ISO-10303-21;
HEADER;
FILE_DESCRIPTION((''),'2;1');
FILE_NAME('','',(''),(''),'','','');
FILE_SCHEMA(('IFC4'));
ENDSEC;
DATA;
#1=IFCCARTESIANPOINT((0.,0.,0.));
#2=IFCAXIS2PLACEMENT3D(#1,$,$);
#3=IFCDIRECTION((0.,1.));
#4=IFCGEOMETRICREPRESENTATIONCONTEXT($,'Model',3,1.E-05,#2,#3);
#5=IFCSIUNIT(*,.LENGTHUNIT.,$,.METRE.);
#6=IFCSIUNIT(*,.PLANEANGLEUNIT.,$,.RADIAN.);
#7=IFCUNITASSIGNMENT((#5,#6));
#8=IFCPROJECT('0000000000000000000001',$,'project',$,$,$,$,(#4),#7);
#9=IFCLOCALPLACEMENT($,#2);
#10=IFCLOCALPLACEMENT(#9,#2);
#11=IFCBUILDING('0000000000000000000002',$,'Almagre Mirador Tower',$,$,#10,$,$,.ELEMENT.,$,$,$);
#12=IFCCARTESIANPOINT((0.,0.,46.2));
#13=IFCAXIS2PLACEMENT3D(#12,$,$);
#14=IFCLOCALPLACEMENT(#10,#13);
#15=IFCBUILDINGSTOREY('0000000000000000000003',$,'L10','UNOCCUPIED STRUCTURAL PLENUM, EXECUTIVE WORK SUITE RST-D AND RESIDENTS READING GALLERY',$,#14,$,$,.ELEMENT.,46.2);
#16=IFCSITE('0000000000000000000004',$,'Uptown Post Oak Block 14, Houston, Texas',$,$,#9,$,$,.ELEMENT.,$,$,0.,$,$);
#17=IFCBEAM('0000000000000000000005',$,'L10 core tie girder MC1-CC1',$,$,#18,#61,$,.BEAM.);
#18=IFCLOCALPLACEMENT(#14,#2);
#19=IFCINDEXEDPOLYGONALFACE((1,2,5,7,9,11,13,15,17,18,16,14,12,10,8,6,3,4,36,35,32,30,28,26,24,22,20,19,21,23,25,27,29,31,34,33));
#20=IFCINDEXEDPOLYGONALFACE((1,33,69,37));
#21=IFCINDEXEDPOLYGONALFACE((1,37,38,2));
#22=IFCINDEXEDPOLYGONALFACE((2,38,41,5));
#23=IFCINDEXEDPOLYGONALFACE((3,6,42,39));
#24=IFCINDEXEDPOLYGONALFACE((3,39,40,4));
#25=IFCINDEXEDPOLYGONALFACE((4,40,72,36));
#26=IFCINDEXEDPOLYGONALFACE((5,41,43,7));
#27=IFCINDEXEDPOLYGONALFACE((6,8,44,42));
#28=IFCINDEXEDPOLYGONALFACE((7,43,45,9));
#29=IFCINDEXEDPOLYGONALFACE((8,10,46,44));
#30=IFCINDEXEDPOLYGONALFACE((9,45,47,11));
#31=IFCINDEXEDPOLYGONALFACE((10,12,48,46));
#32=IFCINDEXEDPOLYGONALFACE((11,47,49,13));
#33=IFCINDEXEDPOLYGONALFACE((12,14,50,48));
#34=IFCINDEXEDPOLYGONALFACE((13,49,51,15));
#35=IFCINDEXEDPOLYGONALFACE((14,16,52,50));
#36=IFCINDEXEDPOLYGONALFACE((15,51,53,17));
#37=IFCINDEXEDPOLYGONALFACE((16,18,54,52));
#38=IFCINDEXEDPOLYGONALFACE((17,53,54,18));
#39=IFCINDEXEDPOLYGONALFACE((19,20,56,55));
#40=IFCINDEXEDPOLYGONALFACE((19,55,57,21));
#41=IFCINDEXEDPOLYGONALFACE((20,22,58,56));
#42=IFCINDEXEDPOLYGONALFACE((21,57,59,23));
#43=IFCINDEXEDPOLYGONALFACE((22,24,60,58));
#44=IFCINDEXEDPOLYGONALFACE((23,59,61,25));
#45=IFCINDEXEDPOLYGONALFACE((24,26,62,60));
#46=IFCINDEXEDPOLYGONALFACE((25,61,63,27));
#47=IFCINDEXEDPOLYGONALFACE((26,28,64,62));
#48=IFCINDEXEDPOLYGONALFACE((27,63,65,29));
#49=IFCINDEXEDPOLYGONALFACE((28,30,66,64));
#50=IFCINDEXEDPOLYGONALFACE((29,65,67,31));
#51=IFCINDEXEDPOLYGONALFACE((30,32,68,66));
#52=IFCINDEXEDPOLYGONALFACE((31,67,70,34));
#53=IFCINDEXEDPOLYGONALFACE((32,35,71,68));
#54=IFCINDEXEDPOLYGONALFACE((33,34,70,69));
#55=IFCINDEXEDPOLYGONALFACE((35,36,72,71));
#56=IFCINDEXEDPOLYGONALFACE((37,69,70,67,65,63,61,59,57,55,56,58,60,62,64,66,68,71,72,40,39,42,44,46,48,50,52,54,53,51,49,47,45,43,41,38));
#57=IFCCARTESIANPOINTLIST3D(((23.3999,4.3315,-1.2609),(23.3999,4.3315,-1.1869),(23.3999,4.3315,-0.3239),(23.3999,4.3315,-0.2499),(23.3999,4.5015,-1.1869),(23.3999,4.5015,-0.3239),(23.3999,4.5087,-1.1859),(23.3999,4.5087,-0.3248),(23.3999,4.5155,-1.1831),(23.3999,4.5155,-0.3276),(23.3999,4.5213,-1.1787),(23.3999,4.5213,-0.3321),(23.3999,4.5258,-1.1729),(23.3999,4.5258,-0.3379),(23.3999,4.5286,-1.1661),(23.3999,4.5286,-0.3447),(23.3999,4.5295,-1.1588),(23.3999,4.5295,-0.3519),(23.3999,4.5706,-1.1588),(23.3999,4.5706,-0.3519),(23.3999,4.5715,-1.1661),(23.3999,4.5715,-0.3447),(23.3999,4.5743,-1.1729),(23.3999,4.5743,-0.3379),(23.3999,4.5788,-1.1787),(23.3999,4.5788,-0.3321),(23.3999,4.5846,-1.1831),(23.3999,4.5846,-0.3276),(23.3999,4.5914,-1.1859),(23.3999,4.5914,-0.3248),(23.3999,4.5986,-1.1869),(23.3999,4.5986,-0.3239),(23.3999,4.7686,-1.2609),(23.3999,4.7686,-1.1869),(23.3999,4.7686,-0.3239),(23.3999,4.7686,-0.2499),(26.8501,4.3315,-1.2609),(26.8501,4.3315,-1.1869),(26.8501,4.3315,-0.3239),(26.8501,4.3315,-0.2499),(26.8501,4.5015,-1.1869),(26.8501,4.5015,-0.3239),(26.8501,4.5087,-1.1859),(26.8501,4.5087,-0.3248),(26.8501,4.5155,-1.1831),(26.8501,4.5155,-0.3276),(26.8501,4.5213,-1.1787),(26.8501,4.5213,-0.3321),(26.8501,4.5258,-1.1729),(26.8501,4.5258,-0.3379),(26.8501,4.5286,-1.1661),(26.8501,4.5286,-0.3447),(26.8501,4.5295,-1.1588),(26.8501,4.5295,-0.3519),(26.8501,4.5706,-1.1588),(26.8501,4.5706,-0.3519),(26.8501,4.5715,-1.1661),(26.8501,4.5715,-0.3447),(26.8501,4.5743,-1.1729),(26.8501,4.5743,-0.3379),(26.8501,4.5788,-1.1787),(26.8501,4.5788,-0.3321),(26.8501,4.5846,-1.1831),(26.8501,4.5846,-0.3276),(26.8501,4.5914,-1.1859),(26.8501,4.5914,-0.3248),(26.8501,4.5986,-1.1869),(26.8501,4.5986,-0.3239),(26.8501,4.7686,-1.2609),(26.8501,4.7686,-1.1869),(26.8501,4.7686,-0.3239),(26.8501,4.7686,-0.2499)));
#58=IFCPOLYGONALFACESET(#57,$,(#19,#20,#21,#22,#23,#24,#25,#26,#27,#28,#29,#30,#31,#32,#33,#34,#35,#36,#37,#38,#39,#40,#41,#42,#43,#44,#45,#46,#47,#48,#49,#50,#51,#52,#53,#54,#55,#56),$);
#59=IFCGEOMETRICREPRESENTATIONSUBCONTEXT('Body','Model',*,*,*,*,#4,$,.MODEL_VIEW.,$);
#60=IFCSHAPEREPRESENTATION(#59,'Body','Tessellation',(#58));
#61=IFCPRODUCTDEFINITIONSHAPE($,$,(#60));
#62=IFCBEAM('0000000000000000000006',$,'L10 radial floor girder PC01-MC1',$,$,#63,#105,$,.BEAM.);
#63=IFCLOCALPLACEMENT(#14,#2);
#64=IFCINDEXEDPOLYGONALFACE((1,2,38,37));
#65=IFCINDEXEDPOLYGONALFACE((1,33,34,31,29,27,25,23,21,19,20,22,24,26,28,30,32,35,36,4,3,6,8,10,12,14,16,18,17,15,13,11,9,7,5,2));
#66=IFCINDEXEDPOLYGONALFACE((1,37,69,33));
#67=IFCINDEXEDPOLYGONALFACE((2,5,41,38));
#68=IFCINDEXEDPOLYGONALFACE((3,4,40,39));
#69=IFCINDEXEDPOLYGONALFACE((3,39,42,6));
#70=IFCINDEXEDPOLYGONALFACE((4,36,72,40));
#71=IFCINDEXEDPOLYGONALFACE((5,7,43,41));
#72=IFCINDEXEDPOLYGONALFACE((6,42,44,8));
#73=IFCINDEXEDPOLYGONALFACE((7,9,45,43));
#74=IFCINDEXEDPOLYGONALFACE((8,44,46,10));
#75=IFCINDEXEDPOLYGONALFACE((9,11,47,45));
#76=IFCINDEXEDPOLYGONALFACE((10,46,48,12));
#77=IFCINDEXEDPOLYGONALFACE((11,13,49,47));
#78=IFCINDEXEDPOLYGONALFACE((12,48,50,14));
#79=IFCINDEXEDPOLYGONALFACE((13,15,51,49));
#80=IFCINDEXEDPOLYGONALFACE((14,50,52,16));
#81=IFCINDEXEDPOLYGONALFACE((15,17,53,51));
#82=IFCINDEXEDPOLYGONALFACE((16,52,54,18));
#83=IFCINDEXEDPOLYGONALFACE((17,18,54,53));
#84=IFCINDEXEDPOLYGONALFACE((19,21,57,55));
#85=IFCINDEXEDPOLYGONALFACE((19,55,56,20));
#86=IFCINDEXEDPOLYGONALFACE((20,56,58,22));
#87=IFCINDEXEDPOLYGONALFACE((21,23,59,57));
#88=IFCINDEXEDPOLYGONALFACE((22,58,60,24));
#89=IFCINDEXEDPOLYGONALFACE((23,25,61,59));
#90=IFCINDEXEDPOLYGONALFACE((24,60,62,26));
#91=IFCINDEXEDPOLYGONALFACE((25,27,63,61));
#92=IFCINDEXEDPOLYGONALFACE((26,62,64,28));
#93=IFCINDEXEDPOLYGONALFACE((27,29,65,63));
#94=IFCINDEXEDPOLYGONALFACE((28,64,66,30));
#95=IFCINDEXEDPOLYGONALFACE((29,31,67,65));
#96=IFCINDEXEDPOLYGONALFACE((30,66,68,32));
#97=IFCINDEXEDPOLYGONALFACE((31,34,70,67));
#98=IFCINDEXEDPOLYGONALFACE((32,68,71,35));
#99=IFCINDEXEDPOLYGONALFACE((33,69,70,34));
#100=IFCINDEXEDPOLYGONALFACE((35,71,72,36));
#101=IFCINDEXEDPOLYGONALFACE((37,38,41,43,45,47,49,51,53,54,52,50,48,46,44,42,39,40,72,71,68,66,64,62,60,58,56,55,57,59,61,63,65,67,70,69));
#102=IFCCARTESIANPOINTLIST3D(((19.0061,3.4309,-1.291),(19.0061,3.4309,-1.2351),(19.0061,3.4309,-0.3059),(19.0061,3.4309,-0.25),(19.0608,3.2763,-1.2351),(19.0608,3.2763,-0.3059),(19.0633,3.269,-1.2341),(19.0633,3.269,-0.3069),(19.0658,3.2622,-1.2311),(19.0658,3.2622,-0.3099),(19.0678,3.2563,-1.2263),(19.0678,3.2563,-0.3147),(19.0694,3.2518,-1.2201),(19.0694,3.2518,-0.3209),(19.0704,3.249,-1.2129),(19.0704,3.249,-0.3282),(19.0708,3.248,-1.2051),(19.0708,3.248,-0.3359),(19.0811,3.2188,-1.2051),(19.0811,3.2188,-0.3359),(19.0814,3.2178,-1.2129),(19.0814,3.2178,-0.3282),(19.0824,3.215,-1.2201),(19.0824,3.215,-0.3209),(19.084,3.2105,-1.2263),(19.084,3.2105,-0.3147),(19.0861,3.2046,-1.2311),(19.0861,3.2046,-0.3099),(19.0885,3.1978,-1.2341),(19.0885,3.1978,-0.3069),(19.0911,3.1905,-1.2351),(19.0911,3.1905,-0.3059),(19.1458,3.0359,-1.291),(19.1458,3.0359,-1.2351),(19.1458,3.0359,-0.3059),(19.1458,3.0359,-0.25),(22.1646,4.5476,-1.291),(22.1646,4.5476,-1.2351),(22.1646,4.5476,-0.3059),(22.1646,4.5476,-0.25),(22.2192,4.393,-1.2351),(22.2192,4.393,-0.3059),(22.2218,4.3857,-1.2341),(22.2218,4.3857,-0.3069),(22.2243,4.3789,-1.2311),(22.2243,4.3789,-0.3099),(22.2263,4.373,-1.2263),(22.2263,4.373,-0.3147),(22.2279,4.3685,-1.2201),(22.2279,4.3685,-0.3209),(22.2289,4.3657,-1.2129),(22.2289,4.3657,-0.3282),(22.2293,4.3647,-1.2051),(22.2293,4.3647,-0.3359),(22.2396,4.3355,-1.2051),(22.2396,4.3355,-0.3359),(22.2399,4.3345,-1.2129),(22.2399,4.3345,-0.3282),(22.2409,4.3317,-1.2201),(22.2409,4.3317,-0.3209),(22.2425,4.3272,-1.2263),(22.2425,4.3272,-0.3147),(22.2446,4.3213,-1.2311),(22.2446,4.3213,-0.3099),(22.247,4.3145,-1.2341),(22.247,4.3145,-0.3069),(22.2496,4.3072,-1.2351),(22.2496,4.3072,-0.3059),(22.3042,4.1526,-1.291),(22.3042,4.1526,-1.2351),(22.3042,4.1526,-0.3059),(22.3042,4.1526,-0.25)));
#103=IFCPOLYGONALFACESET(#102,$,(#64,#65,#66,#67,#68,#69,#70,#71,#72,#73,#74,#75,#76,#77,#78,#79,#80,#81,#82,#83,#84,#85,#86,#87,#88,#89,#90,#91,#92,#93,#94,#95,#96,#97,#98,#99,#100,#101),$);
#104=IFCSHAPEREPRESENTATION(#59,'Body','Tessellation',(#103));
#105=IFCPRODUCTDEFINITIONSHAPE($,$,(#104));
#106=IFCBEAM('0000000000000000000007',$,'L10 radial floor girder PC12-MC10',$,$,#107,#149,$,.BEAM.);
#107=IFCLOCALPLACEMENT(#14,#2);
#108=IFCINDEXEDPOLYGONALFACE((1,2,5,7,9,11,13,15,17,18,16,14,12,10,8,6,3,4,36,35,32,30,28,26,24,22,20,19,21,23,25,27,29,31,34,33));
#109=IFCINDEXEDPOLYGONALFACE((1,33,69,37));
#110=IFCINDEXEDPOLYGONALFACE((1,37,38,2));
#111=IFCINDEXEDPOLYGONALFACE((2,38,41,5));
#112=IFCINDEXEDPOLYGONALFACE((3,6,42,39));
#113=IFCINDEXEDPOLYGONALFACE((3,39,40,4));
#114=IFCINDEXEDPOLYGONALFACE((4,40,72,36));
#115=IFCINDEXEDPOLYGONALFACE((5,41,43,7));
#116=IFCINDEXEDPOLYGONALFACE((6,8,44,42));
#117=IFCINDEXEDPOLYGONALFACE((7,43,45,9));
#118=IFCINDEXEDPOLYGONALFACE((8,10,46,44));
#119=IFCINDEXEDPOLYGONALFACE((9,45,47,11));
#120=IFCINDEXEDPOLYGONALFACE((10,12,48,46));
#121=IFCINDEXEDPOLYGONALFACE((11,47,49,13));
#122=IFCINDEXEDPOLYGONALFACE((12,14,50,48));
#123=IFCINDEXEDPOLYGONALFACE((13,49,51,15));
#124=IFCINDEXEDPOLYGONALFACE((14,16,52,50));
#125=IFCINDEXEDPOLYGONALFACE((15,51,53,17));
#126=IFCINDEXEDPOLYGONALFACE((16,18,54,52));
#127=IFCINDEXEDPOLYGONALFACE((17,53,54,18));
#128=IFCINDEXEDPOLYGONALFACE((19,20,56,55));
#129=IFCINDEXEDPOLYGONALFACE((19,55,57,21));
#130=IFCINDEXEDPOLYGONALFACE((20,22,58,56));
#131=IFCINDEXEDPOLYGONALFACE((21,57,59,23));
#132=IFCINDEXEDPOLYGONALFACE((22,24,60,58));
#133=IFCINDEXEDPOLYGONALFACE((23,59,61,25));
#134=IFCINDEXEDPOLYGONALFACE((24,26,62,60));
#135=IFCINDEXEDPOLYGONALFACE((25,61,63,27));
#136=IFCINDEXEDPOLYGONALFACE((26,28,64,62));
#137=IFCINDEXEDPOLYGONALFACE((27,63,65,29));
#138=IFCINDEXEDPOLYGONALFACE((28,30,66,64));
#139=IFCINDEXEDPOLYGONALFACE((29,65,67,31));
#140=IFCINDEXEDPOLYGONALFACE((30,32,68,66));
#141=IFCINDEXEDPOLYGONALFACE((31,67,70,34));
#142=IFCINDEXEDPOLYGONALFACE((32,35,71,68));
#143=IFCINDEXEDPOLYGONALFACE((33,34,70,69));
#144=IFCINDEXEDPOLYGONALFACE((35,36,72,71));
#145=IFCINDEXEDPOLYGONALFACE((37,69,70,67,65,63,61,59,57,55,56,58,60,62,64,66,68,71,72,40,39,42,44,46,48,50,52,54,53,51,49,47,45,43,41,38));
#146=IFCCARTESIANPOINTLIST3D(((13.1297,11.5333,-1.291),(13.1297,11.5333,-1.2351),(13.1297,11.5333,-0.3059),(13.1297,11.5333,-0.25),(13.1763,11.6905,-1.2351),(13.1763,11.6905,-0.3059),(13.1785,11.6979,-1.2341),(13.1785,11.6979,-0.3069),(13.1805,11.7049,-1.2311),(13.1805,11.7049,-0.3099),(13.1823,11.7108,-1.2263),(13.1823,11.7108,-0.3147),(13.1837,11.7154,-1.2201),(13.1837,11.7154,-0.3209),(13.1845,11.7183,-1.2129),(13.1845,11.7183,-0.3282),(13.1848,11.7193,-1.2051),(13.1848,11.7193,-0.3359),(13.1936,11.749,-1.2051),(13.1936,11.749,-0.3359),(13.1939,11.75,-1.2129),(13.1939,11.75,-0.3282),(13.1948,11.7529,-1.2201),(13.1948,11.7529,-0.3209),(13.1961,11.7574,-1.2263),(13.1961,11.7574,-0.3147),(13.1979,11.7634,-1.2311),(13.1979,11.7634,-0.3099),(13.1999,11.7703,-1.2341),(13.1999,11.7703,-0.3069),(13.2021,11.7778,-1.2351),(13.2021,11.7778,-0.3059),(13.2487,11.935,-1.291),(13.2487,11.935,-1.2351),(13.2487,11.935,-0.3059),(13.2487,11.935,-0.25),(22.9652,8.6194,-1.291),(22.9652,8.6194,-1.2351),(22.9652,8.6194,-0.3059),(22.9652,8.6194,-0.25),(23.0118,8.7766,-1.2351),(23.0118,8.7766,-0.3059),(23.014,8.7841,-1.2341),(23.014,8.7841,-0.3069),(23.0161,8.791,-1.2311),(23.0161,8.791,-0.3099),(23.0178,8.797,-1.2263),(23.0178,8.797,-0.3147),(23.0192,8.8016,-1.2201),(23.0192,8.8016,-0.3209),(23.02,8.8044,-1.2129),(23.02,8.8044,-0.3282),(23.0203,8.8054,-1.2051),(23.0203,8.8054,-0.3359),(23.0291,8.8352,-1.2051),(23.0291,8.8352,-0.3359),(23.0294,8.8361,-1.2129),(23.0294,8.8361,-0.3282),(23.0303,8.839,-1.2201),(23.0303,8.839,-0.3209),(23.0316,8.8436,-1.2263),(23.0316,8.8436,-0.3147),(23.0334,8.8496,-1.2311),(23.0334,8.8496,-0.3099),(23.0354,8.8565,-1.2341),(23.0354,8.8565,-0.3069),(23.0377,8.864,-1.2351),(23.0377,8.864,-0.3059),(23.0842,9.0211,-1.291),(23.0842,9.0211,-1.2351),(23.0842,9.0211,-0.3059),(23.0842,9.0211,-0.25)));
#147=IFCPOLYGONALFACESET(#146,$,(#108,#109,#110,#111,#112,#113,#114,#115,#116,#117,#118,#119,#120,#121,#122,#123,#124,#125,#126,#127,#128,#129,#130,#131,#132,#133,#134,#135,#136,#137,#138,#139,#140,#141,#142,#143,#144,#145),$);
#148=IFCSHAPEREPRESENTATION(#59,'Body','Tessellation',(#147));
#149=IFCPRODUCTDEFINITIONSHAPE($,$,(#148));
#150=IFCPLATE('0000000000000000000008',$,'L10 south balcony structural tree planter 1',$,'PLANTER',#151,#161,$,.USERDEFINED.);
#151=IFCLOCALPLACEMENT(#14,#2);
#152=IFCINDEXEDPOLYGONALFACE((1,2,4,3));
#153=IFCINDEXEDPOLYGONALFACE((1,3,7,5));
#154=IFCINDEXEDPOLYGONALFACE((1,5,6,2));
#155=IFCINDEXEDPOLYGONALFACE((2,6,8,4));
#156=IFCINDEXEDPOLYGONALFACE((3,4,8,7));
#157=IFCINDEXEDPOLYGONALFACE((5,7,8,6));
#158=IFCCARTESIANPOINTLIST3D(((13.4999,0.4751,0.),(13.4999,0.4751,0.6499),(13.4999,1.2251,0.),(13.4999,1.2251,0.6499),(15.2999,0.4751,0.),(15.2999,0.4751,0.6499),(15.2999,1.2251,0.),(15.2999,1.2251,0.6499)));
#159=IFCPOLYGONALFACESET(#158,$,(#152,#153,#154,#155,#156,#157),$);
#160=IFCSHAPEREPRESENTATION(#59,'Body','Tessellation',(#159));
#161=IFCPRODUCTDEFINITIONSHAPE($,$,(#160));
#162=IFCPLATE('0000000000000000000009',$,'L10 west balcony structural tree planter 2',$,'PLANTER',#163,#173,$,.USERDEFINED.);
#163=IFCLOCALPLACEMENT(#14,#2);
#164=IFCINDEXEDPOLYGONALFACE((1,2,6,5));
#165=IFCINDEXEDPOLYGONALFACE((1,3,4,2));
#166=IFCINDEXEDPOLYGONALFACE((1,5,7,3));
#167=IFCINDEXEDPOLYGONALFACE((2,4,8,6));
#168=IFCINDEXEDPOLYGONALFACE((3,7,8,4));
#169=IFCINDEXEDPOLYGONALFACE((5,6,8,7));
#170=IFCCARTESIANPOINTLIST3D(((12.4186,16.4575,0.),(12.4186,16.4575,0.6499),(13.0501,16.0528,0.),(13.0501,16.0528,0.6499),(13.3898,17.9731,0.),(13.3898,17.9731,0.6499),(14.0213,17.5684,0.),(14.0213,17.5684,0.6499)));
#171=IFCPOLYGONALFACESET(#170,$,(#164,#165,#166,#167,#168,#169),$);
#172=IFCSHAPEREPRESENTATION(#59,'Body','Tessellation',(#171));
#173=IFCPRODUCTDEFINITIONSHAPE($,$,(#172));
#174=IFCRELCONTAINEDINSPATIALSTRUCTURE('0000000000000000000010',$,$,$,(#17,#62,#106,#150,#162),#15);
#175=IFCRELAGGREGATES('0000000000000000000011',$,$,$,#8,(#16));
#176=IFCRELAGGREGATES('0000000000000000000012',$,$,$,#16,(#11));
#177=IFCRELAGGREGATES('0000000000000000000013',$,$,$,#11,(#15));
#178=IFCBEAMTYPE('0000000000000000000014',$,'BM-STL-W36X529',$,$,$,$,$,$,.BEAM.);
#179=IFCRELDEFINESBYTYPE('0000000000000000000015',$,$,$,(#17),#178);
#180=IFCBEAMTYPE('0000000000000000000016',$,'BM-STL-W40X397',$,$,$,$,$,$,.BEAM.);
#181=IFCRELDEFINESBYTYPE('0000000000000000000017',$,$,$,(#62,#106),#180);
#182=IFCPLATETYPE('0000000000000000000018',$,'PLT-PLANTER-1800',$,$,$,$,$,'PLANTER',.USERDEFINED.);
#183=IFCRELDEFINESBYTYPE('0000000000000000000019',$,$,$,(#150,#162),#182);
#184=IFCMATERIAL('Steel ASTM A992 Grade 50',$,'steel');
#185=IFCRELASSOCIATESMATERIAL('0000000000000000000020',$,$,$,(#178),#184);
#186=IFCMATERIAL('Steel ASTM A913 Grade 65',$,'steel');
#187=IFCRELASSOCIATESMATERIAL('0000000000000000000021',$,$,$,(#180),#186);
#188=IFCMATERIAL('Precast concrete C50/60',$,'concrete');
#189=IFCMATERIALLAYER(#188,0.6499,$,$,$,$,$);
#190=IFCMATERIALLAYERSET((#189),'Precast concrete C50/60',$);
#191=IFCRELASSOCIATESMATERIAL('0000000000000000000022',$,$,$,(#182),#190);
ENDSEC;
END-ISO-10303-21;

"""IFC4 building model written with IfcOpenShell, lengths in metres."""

from ifc_helpers import new_model, si_unit, direction, frame, origin, origin_2d, place, context, subcontext, project, spatial, rectangle, i_section, extrude, material, layer, layer_set, material_profile, profile_set, type_object, element, save


model = new_model("IFC4")

# Units and contexts
model_context = context("Model", 3, precision=1e-05, world=origin(), true_north=direction((0.0, 1.0)))
body_context = subcontext(model_context, "Body", "Model", "MODEL_VIEW")
ifc_project = project(units=[si_unit("LENGTHUNIT", "METRE"), si_unit("PLANEANGLEUNIT", "RADIAN")], contexts=[model_context])

# Site, building, storey
site_placement = place(None, origin())
site = spatial("IfcSite", under=ifc_project, at=site_placement, Name="Uptown Post Oak Block 14, Houston, Texas", CompositionType="ELEMENT", RefElevation=0.0)
building_placement = place(site_placement, origin())
building = spatial("IfcBuilding", under=site, at=building_placement, Name="Almagre Mirador Tower", CompositionType="ELEMENT")
storey_placement = place(building_placement, frame((0.0, 0.0, 46.2)))
storey = spatial("IfcBuildingStorey", under=building, at=storey_placement, Name="L10", Description="UNOCCUPIED STRUCTURAL PLENUM, EXECUTIVE WORK SUITE RST-D AND RESIDENTS READING GALLERY", CompositionType="ELEMENT", Elevation=46.2)

# Beams
ifc_material_1 = material(Name="Steel ASTM A992 Grade 50", Category="steel")
ifc_material_profile_1 = material_profile(ifc_material_1, i_section(OverallWidth=0.437, OverallDepth=1.011, WebThickness=0.041, FlangeThickness=0.074, FilletRadius=0.0281, at=origin_2d()), Name="W36X529")
ifc_profile_set_1 = profile_set([ifc_material_profile_1], Name="Steel ASTM A992 Grade 50")
beam_type_1 = type_object("IfcBeamType", Name="BM-STL-W36X529", PredefinedType="BEAM", material=ifc_profile_set_1)
beam_1_placement = place(storey_placement, frame((23.3999, 4.55, -0.7554), z_axis=(1.0, 0.0, 0.0), x_axis=(0.0, 1.0, 0.0)))
element("IfcBeam", 1, at=beam_1_placement, inside=storey, type_object=beam_type_1, Name="L10 core tie girder MC1-CC1", PredefinedType="BEAM", context=body_context, shape_type="SweptSolid", body=[
    extrude(i_section(OverallWidth=0.437, OverallDepth=1.011, WebThickness=0.041, FlangeThickness=0.074, FilletRadius=0.0281, at=origin_2d()), origin(), (0.0, 0.0, 1.0), 3.4502),
])
ifc_material_2 = material(Name="Steel ASTM A913 Grade 65", Category="steel")
ifc_material_profile_2 = material_profile(ifc_material_2, i_section(OverallWidth=0.4189, OverallDepth=1.041, WebThickness=0.031, FlangeThickness=0.0559, FilletRadius=0.03, at=origin_2d()), Name="W40X397")
ifc_profile_set_2 = profile_set([ifc_material_profile_2], Name="Steel ASTM A913 Grade 65")
beam_type_2 = type_object("IfcBeamType", Name="BM-STL-W40X397", PredefinedType="BEAM", material=ifc_profile_set_2)
beam_2_placement = place(storey_placement, frame((19.0759, 3.2334, -0.7705), z_axis=(0.942807, 0.333339, 0.0), x_axis=(-0.333339, 0.942807, 0.0)))
element("IfcBeam", 2, at=beam_2_placement, inside=storey, type_object=beam_type_2, Name="L10 radial floor girder PC01-MC1", PredefinedType="BEAM", context=body_context, shape_type="SweptSolid", body=[
    extrude(i_section(OverallWidth=0.4189, OverallDepth=1.041, WebThickness=0.031, FlangeThickness=0.0559, FilletRadius=0.03, at=origin_2d()), origin(), (0.0, 0.0, 1.0), 3.3501),
])
beam_3_placement = place(storey_placement, frame((13.1892, 11.7341, -0.7705), z_axis=(0.958808, -0.284053, 0.0), x_axis=(0.284053, 0.958808, 0.0)))
element("IfcBeam", 3, at=beam_3_placement, inside=storey, type_object=beam_type_2, Name="L10 radial floor girder PC12-MC10", PredefinedType="BEAM", context=body_context, shape_type="SweptSolid", body=[
    extrude(i_section(OverallWidth=0.4189, OverallDepth=1.041, WebThickness=0.031, FlangeThickness=0.0559, FilletRadius=0.03, at=origin_2d()), origin(), (0.0, 0.0, 1.0), 10.2581),
])

# Plates
ifc_material_3 = material(Name="Precast concrete C50/60", Category="concrete")
ifc_layer_1 = layer(ifc_material_3, 0.6499)
ifc_layer_set_1 = layer_set([ifc_layer_1], Name="Precast concrete C50/60")
plate_type = type_object("IfcPlateType", Name="PLT-PLANTER-1800", ElementType="PLANTER", PredefinedType="USERDEFINED", material=ifc_layer_set_1)
for number, where, z_axis, x_axis, name in (
    (4, (14.3999, 0.8501, 0.0), (0.0, 0.0, 1.0), (1.0, 0.0, 0.0), "L10 south balcony structural tree planter 1"),
    (5, (13.22, 17.0129, 0.0), (0.0, 0.0, 1.0), (-0.539535, -0.841963, 0.0), "L10 west balcony structural tree planter 2"),
):
    element("IfcPlate", number, at=place(storey_placement, frame(where, z_axis=z_axis, x_axis=x_axis)), inside=storey, type_object=plate_type, Name=name, ObjectType="PLANTER", PredefinedType="USERDEFINED", context=body_context, shape_type="SweptSolid", body=[
        extrude(rectangle(XDim=1.8, YDim=0.75, at=origin_2d()), origin(), (0.0, 0.0, 1.0), 0.6499),
    ])

save(model, "model.ifc")
